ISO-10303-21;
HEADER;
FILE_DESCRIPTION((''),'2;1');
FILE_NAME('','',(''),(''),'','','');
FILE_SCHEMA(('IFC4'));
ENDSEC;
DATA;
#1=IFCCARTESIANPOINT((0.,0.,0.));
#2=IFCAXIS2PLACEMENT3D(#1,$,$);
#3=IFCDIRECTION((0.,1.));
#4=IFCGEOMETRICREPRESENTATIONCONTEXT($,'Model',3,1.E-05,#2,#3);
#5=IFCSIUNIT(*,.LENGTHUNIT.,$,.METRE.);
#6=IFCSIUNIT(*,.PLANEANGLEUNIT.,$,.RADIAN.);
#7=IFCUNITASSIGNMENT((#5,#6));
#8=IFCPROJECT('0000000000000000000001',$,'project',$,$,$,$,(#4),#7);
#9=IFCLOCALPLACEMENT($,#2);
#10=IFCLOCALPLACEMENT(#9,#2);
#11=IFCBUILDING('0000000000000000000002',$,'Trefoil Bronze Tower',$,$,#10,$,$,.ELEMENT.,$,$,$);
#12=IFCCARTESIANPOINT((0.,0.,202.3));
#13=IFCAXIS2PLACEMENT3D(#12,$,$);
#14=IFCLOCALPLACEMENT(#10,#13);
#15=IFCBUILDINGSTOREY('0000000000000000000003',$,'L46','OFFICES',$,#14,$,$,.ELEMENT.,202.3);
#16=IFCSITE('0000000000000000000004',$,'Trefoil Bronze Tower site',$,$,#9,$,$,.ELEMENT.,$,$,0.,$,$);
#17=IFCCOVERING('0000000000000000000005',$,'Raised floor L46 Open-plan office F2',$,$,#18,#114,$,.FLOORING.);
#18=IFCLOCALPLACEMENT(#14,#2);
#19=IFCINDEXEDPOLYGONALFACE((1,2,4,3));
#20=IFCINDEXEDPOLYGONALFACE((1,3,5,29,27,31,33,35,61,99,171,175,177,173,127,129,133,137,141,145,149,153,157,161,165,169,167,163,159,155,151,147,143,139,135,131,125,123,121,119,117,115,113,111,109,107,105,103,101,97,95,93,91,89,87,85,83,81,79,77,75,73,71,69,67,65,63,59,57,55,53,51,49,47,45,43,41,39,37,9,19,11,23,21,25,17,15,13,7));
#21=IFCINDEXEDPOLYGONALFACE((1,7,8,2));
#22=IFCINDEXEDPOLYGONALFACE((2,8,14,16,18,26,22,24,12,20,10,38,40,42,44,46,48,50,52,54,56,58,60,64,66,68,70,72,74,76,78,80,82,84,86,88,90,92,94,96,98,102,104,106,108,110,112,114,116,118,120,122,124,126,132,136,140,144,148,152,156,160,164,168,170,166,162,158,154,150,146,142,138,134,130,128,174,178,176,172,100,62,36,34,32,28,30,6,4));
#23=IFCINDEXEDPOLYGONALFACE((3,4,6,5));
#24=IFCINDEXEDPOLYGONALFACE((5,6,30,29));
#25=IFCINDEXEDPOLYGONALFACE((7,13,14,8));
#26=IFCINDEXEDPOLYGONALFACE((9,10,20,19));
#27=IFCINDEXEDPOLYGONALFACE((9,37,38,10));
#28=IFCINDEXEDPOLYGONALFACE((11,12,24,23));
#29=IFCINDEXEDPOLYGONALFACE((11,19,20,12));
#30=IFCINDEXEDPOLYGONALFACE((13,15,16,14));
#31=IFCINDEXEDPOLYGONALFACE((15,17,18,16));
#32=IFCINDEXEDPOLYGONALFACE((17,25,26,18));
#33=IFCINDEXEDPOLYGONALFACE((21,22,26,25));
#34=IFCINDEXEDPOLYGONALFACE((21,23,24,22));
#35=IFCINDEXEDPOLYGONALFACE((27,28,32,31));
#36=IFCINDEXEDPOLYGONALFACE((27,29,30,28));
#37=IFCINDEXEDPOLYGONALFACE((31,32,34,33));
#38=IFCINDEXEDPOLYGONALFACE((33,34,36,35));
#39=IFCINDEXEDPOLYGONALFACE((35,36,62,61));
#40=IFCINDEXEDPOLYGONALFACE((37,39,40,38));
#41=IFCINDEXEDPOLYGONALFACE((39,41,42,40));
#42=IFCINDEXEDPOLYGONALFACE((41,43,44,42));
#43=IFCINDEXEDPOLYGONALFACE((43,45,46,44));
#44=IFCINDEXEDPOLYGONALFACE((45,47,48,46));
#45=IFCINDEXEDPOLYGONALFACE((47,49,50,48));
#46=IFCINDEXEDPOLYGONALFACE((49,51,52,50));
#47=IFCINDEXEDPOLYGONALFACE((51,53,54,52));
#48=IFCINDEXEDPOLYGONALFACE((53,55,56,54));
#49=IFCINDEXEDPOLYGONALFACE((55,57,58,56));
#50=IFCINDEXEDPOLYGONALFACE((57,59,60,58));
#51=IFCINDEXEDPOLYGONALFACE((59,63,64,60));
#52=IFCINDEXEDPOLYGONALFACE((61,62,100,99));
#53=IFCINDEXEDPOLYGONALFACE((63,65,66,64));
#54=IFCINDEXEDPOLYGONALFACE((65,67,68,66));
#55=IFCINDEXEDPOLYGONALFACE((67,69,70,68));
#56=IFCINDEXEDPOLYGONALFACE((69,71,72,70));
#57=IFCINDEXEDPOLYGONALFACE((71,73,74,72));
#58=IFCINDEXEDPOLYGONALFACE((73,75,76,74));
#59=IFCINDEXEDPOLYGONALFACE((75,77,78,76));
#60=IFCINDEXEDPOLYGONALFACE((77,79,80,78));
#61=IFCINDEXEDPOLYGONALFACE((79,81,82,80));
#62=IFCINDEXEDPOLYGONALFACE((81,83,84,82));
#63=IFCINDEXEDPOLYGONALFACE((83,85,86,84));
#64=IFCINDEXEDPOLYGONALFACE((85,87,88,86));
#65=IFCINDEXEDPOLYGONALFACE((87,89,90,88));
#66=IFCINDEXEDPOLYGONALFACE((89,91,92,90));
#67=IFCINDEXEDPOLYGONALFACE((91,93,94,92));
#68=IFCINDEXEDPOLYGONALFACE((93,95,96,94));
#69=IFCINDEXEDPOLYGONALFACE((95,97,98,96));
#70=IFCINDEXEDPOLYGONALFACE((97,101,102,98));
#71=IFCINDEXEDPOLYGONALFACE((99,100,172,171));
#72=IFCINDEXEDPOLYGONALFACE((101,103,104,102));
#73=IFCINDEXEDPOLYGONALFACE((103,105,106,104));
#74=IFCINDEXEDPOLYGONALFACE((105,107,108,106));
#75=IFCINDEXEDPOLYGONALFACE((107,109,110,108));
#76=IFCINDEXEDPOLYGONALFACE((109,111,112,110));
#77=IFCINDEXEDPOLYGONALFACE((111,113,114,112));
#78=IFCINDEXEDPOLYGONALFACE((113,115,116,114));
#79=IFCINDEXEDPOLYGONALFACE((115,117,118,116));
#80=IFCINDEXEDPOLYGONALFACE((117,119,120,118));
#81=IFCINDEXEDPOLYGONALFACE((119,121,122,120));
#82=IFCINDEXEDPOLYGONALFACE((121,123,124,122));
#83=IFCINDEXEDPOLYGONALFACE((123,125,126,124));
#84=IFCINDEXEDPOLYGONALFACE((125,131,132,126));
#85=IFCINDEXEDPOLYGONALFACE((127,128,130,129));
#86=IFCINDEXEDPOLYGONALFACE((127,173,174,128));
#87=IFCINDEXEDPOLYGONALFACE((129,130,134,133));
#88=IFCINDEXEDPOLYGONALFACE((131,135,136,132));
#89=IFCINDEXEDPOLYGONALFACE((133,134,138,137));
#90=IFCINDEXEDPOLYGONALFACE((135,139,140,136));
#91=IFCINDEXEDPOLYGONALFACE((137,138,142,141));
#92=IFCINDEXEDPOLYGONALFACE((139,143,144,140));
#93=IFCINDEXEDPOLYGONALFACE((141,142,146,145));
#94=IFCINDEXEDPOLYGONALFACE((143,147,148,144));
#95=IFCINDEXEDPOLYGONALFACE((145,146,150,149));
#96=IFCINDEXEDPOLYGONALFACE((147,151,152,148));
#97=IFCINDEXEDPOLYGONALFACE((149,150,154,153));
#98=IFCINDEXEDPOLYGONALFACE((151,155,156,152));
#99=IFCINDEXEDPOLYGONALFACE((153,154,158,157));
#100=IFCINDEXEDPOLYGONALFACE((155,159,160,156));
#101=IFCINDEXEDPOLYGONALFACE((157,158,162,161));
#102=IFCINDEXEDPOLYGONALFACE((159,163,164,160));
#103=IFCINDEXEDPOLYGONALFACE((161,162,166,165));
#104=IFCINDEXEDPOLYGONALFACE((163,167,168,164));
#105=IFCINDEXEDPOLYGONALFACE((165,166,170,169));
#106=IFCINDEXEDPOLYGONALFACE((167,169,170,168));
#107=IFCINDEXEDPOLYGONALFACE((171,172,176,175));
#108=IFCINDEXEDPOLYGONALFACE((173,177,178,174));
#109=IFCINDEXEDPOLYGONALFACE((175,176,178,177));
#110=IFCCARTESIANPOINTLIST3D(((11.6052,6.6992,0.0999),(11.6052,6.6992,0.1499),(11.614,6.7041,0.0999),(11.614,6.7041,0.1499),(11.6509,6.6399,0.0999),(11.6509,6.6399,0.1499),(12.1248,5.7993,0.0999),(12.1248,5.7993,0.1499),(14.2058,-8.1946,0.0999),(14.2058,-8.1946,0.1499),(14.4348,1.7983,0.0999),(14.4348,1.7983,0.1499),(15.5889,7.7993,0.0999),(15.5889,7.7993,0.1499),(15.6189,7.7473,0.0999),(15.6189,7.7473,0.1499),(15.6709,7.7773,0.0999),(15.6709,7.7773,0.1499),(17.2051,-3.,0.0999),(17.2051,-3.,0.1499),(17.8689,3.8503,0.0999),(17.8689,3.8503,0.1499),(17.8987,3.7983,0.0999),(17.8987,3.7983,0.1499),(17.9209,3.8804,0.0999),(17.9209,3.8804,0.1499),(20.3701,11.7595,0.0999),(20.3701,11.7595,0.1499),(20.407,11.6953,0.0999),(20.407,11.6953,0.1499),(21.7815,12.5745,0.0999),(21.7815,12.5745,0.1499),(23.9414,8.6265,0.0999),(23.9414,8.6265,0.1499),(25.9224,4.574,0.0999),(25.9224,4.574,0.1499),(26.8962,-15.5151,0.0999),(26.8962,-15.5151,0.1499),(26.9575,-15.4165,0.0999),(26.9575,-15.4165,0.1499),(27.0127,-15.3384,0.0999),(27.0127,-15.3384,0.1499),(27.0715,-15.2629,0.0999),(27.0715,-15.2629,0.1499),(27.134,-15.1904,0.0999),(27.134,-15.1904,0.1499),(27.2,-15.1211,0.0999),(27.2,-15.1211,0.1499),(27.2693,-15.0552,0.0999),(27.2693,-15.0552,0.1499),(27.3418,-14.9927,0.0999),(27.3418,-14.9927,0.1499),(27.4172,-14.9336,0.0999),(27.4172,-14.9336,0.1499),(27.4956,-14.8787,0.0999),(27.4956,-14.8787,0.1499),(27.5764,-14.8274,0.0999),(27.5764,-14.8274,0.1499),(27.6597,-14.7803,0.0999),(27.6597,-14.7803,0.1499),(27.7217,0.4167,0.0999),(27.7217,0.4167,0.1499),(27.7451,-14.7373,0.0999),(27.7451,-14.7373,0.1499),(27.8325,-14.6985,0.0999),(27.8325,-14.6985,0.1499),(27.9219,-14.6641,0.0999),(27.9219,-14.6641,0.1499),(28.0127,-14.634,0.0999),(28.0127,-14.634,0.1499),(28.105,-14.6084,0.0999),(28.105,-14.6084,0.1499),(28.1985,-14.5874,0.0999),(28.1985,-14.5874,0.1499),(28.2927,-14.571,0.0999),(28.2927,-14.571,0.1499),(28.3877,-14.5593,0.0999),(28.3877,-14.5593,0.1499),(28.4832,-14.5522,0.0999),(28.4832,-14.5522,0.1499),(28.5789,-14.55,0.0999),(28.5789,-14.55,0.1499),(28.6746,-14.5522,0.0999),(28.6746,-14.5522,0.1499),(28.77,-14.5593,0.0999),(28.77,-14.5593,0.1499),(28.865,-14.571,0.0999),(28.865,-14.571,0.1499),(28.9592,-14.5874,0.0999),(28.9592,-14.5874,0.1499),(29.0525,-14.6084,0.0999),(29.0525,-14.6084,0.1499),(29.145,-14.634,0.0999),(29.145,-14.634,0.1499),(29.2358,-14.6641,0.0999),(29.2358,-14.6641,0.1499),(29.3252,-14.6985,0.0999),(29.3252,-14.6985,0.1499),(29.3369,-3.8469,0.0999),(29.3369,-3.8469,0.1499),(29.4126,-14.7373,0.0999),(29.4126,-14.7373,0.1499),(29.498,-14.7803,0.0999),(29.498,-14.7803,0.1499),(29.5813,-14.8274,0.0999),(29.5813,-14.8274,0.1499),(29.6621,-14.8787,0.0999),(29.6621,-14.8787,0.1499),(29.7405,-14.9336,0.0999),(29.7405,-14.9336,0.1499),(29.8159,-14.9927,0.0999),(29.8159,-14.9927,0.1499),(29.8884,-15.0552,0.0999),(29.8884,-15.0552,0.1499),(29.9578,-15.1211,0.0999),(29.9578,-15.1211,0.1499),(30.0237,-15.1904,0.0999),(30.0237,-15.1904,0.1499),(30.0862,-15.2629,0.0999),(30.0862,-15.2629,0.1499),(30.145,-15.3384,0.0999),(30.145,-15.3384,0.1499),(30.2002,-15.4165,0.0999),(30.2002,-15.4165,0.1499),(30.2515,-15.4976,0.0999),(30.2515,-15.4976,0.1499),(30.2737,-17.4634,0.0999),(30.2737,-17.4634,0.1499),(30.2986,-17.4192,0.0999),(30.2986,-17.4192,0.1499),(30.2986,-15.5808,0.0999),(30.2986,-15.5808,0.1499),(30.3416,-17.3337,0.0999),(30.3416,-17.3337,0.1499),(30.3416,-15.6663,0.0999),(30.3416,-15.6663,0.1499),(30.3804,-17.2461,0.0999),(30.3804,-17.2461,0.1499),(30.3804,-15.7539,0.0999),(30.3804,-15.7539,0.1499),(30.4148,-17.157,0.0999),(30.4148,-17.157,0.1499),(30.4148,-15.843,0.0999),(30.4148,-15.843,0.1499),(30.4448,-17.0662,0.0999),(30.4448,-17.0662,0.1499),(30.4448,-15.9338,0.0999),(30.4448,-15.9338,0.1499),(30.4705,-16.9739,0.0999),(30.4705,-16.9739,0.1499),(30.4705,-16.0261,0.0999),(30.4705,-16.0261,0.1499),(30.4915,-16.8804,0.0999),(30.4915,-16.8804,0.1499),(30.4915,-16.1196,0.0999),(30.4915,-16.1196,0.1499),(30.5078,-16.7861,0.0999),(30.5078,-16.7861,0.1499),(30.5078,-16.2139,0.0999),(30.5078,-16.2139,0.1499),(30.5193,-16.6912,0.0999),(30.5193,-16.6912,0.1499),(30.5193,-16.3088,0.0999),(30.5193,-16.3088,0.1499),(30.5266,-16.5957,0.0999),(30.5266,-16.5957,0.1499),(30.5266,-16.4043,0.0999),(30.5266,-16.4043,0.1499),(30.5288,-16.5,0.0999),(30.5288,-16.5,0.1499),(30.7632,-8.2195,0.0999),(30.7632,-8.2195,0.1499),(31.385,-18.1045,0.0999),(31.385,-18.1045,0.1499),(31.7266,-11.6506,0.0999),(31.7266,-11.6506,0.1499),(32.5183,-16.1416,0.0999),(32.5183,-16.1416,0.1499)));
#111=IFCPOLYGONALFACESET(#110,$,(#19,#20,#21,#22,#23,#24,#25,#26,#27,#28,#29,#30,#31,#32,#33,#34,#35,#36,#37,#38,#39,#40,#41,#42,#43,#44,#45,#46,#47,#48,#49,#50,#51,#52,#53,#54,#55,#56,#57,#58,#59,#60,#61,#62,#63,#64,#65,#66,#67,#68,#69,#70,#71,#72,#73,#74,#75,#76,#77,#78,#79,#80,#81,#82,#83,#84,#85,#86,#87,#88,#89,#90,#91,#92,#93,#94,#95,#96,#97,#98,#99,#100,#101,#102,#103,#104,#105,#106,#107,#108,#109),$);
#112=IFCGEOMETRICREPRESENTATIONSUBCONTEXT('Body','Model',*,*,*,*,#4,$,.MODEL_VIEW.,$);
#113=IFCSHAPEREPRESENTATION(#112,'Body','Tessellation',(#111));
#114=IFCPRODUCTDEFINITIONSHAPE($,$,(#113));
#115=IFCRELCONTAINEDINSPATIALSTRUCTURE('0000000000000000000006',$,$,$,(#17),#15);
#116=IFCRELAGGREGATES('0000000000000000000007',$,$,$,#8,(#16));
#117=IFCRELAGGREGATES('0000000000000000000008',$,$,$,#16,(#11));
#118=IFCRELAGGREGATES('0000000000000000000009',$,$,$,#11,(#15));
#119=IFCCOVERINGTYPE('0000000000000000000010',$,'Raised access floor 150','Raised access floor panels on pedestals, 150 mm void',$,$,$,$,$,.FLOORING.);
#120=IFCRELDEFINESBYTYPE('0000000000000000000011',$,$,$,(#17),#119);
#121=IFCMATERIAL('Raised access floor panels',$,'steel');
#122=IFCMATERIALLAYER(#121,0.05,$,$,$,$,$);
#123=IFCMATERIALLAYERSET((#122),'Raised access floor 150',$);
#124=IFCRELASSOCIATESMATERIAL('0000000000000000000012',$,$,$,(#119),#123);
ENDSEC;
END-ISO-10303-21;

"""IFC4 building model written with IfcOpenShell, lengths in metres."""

from ifc_helpers import new_model, si_unit, direction, frame, origin, place, context, subcontext, project, spatial, polyline, outline, extrude, material, layer, layer_set, type_object, element, save


model = new_model("IFC4")

# Units and contexts
model_context = context("Model", 3, precision=1e-05, world=origin(), true_north=direction((0.0, 1.0)))
body_context = subcontext(model_context, "Body", "Model", "MODEL_VIEW")
ifc_project = project(units=[si_unit("LENGTHUNIT", "METRE"), si_unit("PLANEANGLEUNIT", "RADIAN")], contexts=[model_context])

# Site, building, storey
site_placement = place(None, origin())
site = spatial("IfcSite", under=ifc_project, at=site_placement, Name="Trefoil Bronze Tower site", CompositionType="ELEMENT", RefElevation=0.0)
building_placement = place(site_placement, origin())
building = spatial("IfcBuilding", under=site, at=building_placement, Name="Trefoil Bronze Tower", CompositionType="ELEMENT")
storey_placement = place(building_placement, frame((0.0, 0.0, 202.3)))
storey = spatial("IfcBuildingStorey", under=building, at=storey_placement, Name="L46", Description="OFFICES", CompositionType="ELEMENT", Elevation=202.3)

# Covering
ifc_material_1 = material(Name="Raised access floor panels", Category="steel")
ifc_layer_1 = layer(ifc_material_1, 0.05)
ifc_layer_set_1 = layer_set([ifc_layer_1], Name="Raised access floor 150")
covering_type_1 = type_object("IfcCoveringType", Name="Raised access floor 150", Description="Raised access floor panels on pedestals, 150 mm void", PredefinedType="FLOORING", material=ifc_layer_set_1)
covering_1_placement = place(storey_placement, frame((0.0, 0.0, 0.0999)))
element("IfcCovering", 1, at=covering_1_placement, inside=storey, type_object=covering_type_1, Name="Raised floor L46 Open-plan office F2", PredefinedType="FLOORING", context=body_context, shape_type="SweptSolid", body=[
    extrude(outline(polyline([(14.2058, -8.1946), (17.2051, -3.0), (14.4348, 1.7983), (17.8987, 3.7983), (17.8689, 3.8503), (17.9209, 3.8804), (15.6709, 7.7773), (15.6189, 7.7473), (15.5889, 7.7993), (12.1248, 5.7993), (11.6052, 6.6992), (11.614, 6.7041), (11.6509, 6.6399), (20.407, 11.6953), (20.3701, 11.7595), (21.7815, 12.5745), (23.9414, 8.6265), (25.9224, 4.574), (27.7217, 0.4167), (29.3369, -3.8469), (30.7632, -8.2195), (31.7266, -11.6506), (32.5183, -16.1416), (31.385, -18.1045), (30.2737, -17.4634), (30.2986, -17.4192), (30.3416, -17.3337), (30.3804, -17.2461), (30.4148, -17.157), (30.4448, -17.0662), (30.4705, -16.9739), (30.4915, -16.8804), (30.5078, -16.7861), (30.5193, -16.6912), (30.5266, -16.5957), (30.5288, -16.5), (30.5266, -16.4043), (30.5193, -16.3088), (30.5078, -16.2139), (30.4915, -16.1196), (30.4705, -16.0261), (30.4448, -15.9338), (30.4148, -15.843), (30.3804, -15.7539), (30.3416, -15.6663), (30.2986, -15.5808), (30.2515, -15.4976), (30.2002, -15.4165), (30.145, -15.3384), (30.0862, -15.2629), (30.0237, -15.1904), (29.9578, -15.1211), (29.8884, -15.0552), (29.8159, -14.9927), (29.7405, -14.9336), (29.6621, -14.8787), (29.5813, -14.8274), (29.498, -14.7803), (29.4126, -14.7373), (29.3252, -14.6985), (29.2358, -14.6641), (29.145, -14.634), (29.0525, -14.6084), (28.9592, -14.5874), (28.865, -14.571), (28.77, -14.5593), (28.6746, -14.5522), (28.5789, -14.55), (28.4832, -14.5522), (28.3877, -14.5593), (28.2927, -14.571), (28.1985, -14.5874), (28.105, -14.6084), (28.0127, -14.634), (27.9219, -14.6641), (27.8325, -14.6985), (27.7451, -14.7373), (27.6597, -14.7803), (27.5764, -14.8274), (27.4956, -14.8787), (27.4172, -14.9336), (27.3418, -14.9927), (27.2693, -15.0552), (27.2, -15.1211), (27.134, -15.1904), (27.0715, -15.2629), (27.0127, -15.3384), (26.9575, -15.4165), (26.8962, -15.5151), (14.2058, -8.1946)])), origin(), (0.0, 0.0, 1.0), 0.05),
])

save(model, "model.ifc")
